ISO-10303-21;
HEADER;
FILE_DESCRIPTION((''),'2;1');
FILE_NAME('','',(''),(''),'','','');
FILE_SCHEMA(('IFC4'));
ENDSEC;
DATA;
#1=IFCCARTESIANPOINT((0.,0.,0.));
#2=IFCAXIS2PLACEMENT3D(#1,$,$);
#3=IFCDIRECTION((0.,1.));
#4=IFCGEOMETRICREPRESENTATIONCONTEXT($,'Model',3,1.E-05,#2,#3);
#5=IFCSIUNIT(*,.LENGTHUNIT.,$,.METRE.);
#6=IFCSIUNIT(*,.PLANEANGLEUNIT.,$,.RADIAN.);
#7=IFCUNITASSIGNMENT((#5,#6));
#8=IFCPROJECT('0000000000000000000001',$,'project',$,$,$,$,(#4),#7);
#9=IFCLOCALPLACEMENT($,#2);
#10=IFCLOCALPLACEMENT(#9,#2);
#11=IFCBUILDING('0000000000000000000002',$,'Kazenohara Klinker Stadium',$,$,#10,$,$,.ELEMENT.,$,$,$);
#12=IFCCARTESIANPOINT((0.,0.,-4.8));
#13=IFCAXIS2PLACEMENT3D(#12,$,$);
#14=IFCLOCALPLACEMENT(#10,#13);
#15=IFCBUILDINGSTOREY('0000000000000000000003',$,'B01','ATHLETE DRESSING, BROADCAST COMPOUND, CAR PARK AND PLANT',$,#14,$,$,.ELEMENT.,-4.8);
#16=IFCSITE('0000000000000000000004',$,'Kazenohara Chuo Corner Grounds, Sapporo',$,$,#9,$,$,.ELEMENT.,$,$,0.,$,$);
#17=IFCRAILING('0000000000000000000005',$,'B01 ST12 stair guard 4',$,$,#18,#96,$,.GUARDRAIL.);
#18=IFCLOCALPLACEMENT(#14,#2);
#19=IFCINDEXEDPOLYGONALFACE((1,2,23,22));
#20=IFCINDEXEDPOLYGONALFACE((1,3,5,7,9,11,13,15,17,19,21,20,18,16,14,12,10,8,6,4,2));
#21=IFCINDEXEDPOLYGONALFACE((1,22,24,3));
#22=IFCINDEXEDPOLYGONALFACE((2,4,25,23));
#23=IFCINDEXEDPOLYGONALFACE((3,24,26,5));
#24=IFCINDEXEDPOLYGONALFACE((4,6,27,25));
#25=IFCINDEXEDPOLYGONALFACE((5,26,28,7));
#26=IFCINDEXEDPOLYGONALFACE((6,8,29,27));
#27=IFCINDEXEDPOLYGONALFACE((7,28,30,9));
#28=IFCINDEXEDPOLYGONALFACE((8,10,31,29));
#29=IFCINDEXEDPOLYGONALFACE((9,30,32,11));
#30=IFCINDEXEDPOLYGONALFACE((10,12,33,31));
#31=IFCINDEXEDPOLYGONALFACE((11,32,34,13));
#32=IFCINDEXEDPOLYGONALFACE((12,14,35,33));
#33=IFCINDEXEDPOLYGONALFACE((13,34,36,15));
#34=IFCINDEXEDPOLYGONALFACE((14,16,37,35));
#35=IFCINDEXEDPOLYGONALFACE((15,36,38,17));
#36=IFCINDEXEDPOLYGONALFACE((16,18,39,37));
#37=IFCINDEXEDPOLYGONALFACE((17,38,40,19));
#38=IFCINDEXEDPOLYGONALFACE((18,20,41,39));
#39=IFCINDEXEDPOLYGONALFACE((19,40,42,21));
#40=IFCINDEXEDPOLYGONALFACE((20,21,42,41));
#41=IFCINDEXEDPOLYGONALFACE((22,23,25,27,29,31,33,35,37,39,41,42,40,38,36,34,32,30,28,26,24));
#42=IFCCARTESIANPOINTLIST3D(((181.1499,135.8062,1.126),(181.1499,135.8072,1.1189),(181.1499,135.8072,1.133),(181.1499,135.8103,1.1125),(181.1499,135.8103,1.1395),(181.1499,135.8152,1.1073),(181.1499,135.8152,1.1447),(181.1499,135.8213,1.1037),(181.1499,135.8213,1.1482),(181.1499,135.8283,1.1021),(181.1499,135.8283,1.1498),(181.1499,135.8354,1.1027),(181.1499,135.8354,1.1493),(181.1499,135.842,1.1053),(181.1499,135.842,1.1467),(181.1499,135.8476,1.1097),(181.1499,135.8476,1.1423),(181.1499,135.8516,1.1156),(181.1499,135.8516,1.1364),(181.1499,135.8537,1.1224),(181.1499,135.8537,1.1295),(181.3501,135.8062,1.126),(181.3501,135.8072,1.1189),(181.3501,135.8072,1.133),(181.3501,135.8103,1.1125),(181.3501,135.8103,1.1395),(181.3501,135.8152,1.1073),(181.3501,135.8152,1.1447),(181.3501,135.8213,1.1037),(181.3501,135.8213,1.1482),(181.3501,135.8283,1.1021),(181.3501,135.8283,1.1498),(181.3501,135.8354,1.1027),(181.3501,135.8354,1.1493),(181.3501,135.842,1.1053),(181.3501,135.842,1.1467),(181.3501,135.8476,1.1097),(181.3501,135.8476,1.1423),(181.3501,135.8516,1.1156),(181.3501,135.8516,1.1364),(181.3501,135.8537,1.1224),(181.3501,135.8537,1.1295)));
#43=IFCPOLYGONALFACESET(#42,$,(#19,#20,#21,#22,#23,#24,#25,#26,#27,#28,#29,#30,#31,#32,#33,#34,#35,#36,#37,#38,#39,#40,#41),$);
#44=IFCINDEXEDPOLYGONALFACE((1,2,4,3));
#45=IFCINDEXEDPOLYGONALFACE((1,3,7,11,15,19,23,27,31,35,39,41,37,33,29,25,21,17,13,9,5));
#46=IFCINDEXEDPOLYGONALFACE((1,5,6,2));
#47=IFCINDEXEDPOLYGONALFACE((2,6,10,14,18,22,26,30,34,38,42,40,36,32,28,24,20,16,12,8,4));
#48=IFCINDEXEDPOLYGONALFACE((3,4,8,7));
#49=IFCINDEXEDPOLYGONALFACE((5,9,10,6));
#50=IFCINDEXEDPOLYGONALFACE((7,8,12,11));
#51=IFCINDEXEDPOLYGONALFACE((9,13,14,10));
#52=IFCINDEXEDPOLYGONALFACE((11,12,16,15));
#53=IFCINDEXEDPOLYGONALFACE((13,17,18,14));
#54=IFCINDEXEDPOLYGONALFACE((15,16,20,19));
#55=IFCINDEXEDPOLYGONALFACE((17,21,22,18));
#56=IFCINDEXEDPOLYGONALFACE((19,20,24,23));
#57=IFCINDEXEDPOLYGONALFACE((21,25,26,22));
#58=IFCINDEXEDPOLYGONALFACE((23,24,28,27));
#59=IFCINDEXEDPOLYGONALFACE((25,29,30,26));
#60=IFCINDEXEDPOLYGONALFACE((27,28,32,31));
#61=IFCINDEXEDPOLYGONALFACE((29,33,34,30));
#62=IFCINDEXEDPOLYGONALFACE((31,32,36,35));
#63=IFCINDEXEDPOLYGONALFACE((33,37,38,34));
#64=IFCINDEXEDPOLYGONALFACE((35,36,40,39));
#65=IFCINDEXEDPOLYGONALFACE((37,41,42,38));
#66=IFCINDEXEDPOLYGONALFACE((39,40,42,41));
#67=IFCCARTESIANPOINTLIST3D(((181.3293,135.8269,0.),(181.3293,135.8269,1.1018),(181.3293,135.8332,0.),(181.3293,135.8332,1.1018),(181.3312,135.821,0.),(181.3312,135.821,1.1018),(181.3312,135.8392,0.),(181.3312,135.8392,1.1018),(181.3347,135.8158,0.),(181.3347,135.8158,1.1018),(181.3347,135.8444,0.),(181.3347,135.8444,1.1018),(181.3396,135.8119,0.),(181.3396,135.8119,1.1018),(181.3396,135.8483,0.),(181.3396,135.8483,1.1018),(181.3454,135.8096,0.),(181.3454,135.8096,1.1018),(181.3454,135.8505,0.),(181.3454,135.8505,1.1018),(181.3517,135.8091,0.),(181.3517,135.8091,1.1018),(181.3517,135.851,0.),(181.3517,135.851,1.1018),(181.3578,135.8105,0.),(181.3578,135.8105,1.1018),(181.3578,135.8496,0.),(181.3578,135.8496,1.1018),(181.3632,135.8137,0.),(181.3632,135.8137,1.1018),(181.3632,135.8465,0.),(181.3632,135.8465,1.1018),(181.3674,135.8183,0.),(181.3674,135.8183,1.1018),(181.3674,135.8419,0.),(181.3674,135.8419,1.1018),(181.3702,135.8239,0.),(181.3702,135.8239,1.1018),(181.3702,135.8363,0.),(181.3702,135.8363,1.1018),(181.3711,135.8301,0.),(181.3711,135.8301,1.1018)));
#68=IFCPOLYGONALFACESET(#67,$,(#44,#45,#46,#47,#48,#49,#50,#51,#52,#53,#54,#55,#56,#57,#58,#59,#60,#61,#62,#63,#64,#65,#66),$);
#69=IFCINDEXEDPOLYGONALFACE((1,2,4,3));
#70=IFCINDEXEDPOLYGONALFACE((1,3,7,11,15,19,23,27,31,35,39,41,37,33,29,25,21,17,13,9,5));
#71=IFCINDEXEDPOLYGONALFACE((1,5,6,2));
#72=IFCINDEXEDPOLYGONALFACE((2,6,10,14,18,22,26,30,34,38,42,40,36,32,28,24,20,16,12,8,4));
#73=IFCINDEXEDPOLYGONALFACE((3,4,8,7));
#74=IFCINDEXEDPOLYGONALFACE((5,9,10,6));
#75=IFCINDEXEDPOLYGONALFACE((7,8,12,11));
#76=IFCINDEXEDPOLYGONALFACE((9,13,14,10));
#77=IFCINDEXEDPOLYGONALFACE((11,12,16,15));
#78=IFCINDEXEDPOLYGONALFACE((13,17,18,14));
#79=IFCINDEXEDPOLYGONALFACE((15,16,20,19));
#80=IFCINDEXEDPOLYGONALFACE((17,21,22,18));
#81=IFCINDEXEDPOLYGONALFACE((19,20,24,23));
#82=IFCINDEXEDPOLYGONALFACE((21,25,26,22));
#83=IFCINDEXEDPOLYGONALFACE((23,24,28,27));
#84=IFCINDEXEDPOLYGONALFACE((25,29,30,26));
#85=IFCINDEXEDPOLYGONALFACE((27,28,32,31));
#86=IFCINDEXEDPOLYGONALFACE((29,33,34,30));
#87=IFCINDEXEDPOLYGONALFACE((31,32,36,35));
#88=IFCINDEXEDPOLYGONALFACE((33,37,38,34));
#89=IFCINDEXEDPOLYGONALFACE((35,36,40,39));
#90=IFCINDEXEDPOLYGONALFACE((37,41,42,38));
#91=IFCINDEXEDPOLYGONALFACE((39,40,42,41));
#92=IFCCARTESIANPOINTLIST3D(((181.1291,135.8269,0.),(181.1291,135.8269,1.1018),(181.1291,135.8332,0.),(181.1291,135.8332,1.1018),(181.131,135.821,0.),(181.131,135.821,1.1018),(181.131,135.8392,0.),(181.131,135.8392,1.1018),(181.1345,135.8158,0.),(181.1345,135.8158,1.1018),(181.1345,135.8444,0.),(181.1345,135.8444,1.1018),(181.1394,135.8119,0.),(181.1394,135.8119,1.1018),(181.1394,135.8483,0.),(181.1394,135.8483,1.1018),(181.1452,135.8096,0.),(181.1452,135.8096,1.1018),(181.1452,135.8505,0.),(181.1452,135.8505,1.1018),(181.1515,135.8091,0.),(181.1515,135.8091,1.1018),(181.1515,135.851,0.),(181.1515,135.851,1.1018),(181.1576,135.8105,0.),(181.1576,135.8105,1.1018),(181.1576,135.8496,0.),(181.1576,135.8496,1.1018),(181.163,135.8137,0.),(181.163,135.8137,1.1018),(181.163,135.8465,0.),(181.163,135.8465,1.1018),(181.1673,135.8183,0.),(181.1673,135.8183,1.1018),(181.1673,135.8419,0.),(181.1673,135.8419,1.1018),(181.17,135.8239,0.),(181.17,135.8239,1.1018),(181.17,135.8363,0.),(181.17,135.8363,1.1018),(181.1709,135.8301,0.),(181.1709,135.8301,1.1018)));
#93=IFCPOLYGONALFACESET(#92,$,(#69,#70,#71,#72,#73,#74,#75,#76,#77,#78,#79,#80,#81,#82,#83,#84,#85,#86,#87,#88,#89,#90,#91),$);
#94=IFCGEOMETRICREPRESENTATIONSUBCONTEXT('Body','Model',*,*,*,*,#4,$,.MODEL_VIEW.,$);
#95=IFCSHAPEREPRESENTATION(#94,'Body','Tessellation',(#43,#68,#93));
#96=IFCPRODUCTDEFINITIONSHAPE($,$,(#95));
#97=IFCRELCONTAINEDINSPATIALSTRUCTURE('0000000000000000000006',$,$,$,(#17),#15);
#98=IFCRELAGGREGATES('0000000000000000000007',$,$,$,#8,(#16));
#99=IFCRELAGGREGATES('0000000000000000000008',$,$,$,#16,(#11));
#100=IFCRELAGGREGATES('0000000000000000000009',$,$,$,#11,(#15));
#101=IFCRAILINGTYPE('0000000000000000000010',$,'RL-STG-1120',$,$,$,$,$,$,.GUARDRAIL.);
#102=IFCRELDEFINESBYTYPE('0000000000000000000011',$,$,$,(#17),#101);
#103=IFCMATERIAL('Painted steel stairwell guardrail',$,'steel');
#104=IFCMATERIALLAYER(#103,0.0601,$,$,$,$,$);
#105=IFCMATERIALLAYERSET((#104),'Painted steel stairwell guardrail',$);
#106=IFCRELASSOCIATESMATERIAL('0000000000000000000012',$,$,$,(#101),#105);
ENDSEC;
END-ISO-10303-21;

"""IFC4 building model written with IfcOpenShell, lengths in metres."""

from ifc_helpers import new_model, si_unit, direction, frame, origin, origin_2d, place, context, subcontext, project, spatial, circle, extrude, material, layer, layer_set, type_object, element, save


model = new_model("IFC4")

# Units and contexts
model_context = context("Model", 3, precision=1e-05, world=origin(), true_north=direction((0.0, 1.0)))
body_context = subcontext(model_context, "Body", "Model", "MODEL_VIEW")
ifc_project = project(units=[si_unit("LENGTHUNIT", "METRE"), si_unit("PLANEANGLEUNIT", "RADIAN")], contexts=[model_context])

# Site, building, storey
site_placement = place(None, origin())
site = spatial("IfcSite", under=ifc_project, at=site_placement, Name="Kazenohara Chuo Corner Grounds, Sapporo", CompositionType="ELEMENT", RefElevation=0.0)
building_placement = place(site_placement, origin())
building = spatial("IfcBuilding", under=site, at=building_placement, Name="Kazenohara Klinker Stadium", CompositionType="ELEMENT")
storey_placement = place(building_placement, frame((0.0, 0.0, -4.8)))
storey = spatial("IfcBuildingStorey", under=building, at=storey_placement, Name="B01", Description="ATHLETE DRESSING, BROADCAST COMPOUND, CAR PARK AND PLANT", CompositionType="ELEMENT", Elevation=-4.8)

# Railing
ifc_material_1 = material(Name="Painted steel stairwell guardrail", Category="steel")
ifc_layer_1 = layer(ifc_material_1, 0.0601)
ifc_layer_set_1 = layer_set([ifc_layer_1], Name="Painted steel stairwell guardrail")
railing_type_1 = type_object("IfcRailingType", Name="RL-STG-1120", PredefinedType="GUARDRAIL", material=ifc_layer_set_1)
railing_1_placement = place(storey_placement, frame((181.3501, 135.8301, 0.0)))
element("IfcRailing", 1, at=railing_1_placement, inside=storey, type_object=railing_type_1, Name="B01 ST12 stair guard 4", PredefinedType="GUARDRAIL", context=body_context, shape_type="SweptSolid", body=[
    extrude(circle(Radius=0.0239, at=origin_2d()), frame((0.0, 0.0, 1.126), z_axis=(-1.0, 0.0, 0.0), x_axis=(0.0, -1.0, 0.0)), (0.0, 0.0, 1.0), 0.2002),
    extrude(circle(Radius=0.021, at=origin_2d()), origin(), (0.0, 0.0, 1.0), 1.1018),
    extrude(circle(Radius=0.021, at=origin_2d()), frame((-0.2002, 0.0, 0.0)), (0.0, 0.0, 1.0), 1.1018),
])

save(model, "model.ifc")
